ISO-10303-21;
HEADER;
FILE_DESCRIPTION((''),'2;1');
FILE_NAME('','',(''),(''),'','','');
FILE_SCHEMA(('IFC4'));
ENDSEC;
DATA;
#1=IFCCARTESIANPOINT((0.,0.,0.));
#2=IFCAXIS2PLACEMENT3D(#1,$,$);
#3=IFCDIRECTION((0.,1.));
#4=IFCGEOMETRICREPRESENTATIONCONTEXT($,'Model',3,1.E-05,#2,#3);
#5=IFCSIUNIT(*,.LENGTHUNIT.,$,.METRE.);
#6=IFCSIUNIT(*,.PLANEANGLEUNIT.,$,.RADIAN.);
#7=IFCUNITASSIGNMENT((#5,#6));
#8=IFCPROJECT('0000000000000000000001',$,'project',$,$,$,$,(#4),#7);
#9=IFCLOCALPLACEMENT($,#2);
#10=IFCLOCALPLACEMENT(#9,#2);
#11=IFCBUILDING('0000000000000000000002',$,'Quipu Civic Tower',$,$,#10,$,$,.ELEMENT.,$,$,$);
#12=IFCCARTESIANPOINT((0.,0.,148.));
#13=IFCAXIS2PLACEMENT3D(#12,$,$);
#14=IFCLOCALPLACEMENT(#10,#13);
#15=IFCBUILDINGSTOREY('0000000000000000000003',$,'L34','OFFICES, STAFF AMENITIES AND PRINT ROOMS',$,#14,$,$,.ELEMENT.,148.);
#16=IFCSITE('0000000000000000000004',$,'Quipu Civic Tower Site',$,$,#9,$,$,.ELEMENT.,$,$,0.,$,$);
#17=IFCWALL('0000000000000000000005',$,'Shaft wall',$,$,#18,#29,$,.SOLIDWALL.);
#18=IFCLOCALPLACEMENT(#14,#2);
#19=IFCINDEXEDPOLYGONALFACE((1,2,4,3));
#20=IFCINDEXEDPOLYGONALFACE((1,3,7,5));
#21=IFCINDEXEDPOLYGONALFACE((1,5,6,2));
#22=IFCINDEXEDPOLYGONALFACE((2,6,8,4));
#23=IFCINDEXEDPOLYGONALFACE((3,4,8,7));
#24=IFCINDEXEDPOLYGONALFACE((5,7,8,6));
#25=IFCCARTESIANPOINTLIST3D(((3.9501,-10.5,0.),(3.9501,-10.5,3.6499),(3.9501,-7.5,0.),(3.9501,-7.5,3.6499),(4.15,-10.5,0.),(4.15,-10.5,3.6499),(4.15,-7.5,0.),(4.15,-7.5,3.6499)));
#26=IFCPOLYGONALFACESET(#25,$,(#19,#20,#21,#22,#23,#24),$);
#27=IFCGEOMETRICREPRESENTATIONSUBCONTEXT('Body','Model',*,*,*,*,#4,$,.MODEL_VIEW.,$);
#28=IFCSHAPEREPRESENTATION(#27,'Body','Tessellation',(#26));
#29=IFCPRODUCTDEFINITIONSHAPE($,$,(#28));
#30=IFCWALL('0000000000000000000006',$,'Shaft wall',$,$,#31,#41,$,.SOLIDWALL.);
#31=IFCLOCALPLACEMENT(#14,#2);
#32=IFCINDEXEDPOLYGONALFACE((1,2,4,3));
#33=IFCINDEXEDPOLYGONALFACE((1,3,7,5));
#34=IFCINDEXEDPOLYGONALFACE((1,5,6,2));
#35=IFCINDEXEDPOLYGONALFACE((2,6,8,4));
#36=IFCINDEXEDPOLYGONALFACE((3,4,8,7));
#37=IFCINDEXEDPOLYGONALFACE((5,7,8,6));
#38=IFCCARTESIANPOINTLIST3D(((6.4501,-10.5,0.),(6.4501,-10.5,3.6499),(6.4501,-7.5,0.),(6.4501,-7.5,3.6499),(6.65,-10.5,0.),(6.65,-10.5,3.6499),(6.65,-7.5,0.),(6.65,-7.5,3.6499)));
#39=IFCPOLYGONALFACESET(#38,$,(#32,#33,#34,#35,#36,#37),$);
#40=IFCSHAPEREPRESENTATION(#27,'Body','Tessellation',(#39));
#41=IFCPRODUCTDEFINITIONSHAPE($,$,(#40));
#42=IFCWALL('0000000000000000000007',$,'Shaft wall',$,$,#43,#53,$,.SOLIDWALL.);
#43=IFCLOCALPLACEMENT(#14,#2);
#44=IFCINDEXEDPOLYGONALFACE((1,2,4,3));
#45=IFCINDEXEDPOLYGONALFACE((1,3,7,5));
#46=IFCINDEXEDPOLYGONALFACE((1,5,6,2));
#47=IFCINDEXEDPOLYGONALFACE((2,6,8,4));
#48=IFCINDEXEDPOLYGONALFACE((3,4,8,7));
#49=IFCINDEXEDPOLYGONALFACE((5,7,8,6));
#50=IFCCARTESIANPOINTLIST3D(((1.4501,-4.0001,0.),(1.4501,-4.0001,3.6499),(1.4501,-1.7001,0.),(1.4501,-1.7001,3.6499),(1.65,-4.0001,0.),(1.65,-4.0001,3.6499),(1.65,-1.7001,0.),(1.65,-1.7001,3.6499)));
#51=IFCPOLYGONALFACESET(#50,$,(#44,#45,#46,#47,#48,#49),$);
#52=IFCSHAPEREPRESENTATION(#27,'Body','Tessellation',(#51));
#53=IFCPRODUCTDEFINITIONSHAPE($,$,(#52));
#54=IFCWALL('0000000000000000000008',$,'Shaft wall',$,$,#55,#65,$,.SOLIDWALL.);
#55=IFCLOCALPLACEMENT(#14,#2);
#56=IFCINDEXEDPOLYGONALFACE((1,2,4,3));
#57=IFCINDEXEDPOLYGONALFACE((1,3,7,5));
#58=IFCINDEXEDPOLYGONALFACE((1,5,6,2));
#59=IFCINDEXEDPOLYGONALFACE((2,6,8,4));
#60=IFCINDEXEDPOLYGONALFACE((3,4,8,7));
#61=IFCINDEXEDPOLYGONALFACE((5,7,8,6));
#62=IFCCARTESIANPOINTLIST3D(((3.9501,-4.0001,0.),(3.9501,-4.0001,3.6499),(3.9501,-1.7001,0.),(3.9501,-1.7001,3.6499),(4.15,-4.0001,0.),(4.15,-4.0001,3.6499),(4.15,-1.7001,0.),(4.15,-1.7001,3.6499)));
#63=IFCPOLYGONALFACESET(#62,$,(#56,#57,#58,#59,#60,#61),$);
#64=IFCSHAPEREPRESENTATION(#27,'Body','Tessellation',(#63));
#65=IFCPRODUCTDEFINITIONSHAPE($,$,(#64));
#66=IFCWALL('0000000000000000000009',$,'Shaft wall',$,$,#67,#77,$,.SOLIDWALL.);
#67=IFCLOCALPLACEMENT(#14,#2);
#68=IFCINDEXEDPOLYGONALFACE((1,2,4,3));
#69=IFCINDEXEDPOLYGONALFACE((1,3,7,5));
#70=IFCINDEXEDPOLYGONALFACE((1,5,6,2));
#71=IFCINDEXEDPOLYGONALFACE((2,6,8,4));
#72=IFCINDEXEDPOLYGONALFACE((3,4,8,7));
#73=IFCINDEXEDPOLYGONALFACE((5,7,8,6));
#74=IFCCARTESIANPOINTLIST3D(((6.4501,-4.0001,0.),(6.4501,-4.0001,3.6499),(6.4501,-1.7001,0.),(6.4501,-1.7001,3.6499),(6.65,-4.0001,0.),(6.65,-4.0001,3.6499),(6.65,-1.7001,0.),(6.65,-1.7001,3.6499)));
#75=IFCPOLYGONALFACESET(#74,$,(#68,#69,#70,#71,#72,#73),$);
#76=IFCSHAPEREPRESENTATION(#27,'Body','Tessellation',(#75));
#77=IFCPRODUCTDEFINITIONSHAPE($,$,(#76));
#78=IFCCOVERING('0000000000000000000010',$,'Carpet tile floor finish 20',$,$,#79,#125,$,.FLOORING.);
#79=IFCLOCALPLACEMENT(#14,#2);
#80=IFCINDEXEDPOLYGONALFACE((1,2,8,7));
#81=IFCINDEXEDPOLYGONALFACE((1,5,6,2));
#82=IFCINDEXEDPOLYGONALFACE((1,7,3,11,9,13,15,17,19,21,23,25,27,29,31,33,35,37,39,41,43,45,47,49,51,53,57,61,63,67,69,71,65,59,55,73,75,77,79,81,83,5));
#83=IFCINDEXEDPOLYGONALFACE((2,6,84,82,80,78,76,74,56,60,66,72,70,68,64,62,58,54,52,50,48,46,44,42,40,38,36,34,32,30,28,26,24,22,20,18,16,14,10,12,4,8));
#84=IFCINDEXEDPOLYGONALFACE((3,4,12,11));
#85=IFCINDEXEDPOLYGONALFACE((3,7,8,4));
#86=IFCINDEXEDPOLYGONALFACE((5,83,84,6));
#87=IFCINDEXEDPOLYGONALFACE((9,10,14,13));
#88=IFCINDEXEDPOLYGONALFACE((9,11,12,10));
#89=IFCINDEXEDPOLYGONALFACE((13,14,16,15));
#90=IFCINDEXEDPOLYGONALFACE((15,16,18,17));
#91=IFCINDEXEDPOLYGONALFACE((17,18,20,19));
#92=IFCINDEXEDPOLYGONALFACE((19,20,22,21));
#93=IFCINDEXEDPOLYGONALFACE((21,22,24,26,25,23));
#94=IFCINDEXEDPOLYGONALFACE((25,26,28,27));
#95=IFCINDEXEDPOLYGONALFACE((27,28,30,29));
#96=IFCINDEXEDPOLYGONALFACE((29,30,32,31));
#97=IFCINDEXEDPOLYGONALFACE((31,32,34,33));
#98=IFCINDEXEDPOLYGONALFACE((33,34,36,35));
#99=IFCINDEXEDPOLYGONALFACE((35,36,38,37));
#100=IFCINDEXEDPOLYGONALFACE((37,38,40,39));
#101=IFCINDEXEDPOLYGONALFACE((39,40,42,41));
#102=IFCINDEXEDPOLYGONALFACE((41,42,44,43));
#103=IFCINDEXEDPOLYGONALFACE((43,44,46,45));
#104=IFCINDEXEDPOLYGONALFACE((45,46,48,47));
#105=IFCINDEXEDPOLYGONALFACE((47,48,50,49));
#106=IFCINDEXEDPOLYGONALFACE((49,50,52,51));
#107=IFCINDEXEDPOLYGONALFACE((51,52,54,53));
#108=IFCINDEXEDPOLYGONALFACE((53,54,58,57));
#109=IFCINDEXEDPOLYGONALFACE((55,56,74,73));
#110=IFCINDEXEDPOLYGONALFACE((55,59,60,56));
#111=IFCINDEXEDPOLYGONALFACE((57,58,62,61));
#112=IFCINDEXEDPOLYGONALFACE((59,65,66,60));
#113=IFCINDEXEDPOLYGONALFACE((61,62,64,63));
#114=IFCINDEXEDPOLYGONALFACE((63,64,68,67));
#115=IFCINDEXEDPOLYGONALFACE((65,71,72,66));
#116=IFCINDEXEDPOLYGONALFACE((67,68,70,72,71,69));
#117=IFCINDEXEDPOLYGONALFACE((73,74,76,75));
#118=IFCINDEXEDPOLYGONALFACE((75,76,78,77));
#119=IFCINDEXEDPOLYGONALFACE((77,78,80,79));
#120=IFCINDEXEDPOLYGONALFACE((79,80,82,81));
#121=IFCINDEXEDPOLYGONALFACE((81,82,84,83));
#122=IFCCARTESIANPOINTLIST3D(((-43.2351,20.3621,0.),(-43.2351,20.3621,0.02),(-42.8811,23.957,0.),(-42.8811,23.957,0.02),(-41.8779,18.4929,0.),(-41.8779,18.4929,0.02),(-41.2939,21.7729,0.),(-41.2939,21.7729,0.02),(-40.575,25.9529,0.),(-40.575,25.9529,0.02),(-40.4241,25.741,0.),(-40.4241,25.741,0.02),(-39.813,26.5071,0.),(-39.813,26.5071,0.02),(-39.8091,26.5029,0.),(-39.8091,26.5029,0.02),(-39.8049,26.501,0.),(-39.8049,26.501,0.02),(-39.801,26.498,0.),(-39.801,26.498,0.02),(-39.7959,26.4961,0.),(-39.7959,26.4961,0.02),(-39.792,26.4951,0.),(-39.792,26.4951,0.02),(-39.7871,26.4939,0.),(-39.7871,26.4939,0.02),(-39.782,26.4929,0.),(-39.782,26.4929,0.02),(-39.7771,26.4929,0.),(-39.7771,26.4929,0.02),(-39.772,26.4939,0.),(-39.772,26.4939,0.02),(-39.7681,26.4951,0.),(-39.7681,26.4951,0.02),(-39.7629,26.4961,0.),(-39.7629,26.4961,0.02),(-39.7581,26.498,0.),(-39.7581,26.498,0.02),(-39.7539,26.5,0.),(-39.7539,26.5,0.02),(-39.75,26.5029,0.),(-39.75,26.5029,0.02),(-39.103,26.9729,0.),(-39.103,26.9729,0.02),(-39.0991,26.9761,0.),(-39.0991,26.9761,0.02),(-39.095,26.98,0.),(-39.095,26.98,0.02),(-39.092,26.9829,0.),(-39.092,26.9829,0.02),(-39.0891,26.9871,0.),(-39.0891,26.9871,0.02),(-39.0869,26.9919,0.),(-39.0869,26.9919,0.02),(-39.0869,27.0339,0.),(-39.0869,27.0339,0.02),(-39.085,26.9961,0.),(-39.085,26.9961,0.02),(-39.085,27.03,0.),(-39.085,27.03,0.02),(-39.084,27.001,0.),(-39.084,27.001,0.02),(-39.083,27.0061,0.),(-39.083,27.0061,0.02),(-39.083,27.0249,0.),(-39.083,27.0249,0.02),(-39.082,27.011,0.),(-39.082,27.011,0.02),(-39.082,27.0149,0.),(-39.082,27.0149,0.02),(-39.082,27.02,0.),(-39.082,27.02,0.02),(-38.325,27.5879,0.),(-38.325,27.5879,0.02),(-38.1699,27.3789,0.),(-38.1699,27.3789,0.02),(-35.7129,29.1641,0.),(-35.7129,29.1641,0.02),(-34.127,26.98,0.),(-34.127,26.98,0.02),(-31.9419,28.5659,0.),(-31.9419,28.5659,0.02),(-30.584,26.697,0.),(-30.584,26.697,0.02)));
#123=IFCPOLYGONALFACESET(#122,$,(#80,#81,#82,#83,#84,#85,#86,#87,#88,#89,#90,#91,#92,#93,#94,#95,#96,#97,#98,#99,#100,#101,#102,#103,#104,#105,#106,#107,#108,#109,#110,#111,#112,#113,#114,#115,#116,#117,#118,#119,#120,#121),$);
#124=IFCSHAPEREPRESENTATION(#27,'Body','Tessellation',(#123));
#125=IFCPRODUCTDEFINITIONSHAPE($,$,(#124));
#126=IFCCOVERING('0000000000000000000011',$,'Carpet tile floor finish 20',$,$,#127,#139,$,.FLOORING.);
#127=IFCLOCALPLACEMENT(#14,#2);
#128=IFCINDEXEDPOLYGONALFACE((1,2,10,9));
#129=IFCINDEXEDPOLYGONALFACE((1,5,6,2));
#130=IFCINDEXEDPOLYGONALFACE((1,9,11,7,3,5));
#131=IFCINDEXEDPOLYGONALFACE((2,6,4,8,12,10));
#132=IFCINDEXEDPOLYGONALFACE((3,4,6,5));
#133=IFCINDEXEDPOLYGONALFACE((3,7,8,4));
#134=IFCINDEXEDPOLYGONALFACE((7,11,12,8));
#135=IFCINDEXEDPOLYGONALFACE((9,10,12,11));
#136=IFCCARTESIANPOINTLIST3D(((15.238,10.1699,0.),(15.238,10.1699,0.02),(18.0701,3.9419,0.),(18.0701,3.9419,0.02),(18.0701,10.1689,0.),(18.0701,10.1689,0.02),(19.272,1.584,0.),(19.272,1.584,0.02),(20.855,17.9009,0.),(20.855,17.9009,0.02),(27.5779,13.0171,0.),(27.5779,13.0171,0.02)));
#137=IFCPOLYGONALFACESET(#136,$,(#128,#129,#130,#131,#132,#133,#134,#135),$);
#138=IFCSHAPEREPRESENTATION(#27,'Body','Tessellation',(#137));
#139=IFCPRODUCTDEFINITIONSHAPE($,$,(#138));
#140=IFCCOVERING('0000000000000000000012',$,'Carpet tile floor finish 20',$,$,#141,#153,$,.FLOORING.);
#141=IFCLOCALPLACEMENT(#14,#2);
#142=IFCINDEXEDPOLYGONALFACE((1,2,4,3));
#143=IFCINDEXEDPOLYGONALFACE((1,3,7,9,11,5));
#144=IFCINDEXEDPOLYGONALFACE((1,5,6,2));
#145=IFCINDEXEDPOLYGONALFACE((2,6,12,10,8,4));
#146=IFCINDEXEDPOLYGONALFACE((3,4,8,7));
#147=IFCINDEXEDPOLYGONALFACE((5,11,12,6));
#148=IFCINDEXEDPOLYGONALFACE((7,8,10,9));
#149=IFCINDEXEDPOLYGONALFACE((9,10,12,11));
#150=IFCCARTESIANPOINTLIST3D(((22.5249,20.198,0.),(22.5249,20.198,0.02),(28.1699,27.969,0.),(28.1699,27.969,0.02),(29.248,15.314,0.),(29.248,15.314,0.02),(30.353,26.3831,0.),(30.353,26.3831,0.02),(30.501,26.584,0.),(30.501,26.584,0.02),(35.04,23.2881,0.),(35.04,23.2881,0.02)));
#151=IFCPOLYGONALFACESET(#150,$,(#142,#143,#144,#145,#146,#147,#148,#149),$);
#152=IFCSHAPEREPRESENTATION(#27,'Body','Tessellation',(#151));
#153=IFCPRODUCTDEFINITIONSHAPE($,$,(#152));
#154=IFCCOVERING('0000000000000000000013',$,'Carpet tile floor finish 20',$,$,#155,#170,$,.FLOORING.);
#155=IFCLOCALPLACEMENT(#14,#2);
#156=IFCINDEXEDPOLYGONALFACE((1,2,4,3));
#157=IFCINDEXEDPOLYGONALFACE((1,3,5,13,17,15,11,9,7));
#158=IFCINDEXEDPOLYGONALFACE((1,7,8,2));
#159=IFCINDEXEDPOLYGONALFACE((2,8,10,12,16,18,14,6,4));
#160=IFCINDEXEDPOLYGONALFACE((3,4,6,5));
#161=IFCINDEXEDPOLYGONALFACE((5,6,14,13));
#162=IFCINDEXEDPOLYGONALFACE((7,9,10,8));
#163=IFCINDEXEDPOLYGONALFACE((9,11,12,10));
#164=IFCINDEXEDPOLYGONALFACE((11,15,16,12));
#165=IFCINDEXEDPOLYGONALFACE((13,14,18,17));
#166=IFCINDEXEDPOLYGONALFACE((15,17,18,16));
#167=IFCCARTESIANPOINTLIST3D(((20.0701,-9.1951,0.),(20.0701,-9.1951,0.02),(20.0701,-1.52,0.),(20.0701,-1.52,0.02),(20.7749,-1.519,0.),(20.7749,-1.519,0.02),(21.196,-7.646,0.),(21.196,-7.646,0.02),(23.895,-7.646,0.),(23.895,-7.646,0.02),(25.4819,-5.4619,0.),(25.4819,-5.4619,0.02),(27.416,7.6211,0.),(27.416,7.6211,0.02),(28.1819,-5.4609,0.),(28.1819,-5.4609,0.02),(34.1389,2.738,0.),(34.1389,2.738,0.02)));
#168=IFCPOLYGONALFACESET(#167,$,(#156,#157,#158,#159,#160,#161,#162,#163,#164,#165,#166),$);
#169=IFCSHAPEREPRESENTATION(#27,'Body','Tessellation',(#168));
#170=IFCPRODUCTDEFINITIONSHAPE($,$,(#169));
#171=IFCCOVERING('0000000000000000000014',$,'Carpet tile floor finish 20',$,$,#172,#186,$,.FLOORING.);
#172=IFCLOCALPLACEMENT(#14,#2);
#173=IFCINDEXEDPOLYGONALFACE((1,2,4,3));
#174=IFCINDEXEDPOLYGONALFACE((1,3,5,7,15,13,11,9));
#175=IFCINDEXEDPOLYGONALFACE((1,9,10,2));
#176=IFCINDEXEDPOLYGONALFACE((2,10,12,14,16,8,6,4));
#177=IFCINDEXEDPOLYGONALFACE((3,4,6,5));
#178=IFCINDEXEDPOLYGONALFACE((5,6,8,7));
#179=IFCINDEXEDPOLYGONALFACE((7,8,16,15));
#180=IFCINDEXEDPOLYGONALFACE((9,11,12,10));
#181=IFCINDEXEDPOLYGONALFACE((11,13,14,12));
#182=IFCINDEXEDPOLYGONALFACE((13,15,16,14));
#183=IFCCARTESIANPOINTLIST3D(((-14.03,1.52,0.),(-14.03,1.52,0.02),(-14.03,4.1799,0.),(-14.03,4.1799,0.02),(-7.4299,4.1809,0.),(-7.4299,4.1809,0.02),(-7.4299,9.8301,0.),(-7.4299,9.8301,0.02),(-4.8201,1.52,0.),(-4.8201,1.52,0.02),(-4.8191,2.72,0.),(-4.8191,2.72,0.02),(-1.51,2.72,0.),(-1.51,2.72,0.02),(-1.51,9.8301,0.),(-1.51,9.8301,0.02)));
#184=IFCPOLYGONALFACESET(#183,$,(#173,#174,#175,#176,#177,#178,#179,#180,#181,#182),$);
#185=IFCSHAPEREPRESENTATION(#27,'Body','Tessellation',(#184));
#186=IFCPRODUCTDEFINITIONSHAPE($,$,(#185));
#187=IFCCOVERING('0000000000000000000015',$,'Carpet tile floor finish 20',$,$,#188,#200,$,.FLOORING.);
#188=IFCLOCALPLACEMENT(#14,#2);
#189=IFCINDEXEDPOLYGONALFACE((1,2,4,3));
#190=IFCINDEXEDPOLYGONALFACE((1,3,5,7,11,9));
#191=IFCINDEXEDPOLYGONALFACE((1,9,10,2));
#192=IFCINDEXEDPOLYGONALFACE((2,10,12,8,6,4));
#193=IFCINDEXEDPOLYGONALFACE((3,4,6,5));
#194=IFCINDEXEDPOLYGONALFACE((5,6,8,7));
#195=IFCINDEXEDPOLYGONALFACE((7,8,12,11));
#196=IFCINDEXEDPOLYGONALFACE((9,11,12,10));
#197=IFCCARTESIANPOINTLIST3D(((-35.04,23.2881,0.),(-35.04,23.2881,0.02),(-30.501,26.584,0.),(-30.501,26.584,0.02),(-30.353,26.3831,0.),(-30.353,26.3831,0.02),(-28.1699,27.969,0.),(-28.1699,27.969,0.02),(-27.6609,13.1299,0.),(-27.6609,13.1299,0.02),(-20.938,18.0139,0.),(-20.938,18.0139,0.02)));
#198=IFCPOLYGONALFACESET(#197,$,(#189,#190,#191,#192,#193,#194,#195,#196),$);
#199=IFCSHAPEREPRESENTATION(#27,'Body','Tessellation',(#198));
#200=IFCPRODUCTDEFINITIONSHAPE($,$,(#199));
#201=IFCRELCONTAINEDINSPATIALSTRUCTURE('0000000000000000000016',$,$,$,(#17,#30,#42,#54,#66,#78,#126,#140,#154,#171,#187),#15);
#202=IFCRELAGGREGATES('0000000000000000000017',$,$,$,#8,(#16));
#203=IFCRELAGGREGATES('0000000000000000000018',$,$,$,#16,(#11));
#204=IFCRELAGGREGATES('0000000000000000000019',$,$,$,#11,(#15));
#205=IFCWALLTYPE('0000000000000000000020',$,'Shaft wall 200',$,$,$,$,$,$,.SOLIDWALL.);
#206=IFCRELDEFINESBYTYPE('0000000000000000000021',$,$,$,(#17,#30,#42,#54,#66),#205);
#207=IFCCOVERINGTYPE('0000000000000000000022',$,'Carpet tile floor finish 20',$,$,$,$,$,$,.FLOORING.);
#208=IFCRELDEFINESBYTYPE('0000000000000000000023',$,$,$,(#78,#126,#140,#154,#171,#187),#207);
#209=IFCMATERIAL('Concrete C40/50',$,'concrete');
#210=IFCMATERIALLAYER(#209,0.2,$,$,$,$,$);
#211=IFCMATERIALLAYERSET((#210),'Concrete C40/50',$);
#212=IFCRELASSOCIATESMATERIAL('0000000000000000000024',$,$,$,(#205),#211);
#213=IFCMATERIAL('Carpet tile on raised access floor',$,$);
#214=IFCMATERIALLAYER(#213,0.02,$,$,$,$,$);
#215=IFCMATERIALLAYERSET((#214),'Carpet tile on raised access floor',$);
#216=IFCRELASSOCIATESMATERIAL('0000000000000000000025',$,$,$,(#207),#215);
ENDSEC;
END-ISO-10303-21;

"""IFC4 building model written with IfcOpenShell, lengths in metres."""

from ifc_helpers import new_model, si_unit, direction, frame, frame_2d, origin, place, context, subcontext, project, spatial, polyline, rectangle, outline, extrude, material, layer, layer_set, type_object, element, save


model = new_model("IFC4")

# Units and contexts
model_context = context("Model", 3, precision=1e-05, world=origin(), true_north=direction((0.0, 1.0)))
body_context = subcontext(model_context, "Body", "Model", "MODEL_VIEW")
ifc_project = project(units=[si_unit("LENGTHUNIT", "METRE"), si_unit("PLANEANGLEUNIT", "RADIAN")], contexts=[model_context])

# Site, building, storey
site_placement = place(None, origin())
site = spatial("IfcSite", under=ifc_project, at=site_placement, Name="Quipu Civic Tower Site", CompositionType="ELEMENT", RefElevation=0.0)
building_placement = place(site_placement, origin())
building = spatial("IfcBuilding", under=site, at=building_placement, Name="Quipu Civic Tower", CompositionType="ELEMENT")
storey_placement = place(building_placement, frame((0.0, 0.0, 148.0)))
storey = spatial("IfcBuildingStorey", under=building, at=storey_placement, Name="L34", Description="OFFICES, STAFF AMENITIES AND PRINT ROOMS", CompositionType="ELEMENT", Elevation=148.0)

# Walls
ifc_material_1 = material(Name="Concrete C40/50", Category="concrete")
ifc_layer_1 = layer(ifc_material_1, 0.2)
ifc_layer_set_1 = layer_set([ifc_layer_1], Name="Concrete C40/50")
wall_type_1 = type_object("IfcWallType", Name="Shaft wall 200", PredefinedType="SOLIDWALL", material=ifc_layer_set_1)
for number, where, z_axis, x_axis, name in (
    (1, (4.05, -10.5, 0.0), (0.0, 0.0, 1.0), (0.0, 1.0, 0.0), "Shaft wall"),
    (2, (6.55, -10.5, 0.0), (0.0, 0.0, 1.0), (0.0, 1.0, 0.0), "Shaft wall"),
):
    element("IfcWall", number, at=place(storey_placement, frame(where, z_axis=z_axis, x_axis=x_axis)), inside=storey, type_object=wall_type_1, Name=name, PredefinedType="SOLIDWALL", context=body_context, shape_type="SweptSolid", body=[
        extrude(rectangle(XDim=3.0, YDim=0.2, at=frame_2d((1.5, 0.0))), origin(), (0.0, 0.0, 1.0), 3.6499),
    ])
for number, where, z_axis, x_axis, name in (
    (3, (1.55, -4.0, 0.0), (0.0, 0.0, 1.0), (0.0, 1.0, 0.0), "Shaft wall"),
    (4, (4.05, -4.0, 0.0), (0.0, 0.0, 1.0), (0.0, 1.0, 0.0), "Shaft wall"),
    (5, (6.55, -4.0, 0.0), (0.0, 0.0, 1.0), (0.0, 1.0, 0.0), "Shaft wall"),
):
    element("IfcWall", number, at=place(storey_placement, frame(where, z_axis=z_axis, x_axis=x_axis)), inside=storey, type_object=wall_type_1, Name=name, PredefinedType="SOLIDWALL", context=body_context, shape_type="SweptSolid", body=[
        extrude(rectangle(XDim=2.3, YDim=0.2, at=frame_2d((1.1499, 0.0))), origin(), (0.0, 0.0, 1.0), 3.6499),
    ])

# Coverings
ifc_material_2 = material(Name="Carpet tile on raised access floor")
ifc_layer_2 = layer(ifc_material_2, 0.02)
ifc_layer_set_2 = layer_set([ifc_layer_2], Name="Carpet tile on raised access floor")
covering_type_1 = type_object("IfcCoveringType", Name="Carpet tile floor finish 20", PredefinedType="FLOORING", material=ifc_layer_set_2)
covering_1_placement = place(storey_placement, origin())
element("IfcCovering", 6, at=covering_1_placement, inside=storey, type_object=covering_type_1, Name="Carpet tile floor finish 20", PredefinedType="FLOORING", context=body_context, shape_type="SweptSolid", body=[
    extrude(outline(polyline([(-43.2351, 20.3621), (-41.2939, 21.7729), (-42.8811, 23.957), (-40.4241, 25.741), (-40.575, 25.9529), (-39.813, 26.5071), (-39.8091, 26.5029), (-39.8049, 26.501), (-39.801, 26.498), (-39.7959, 26.4961), (-39.792, 26.4951), (-39.7871, 26.4939), (-39.782, 26.4929), (-39.7771, 26.4929), (-39.772, 26.4939), (-39.7681, 26.4951), (-39.7629, 26.4961), (-39.7581, 26.498), (-39.7539, 26.5), (-39.75, 26.5029), (-39.103, 26.9729), (-39.0991, 26.9761), (-39.095, 26.98), (-39.092, 26.9829), (-39.0891, 26.9871), (-39.0869, 26.9919), (-39.085, 26.9961), (-39.084, 27.001), (-39.083, 27.0061), (-39.082, 27.011), (-39.082, 27.0149), (-39.082, 27.02), (-39.083, 27.0249), (-39.085, 27.03), (-39.0869, 27.0339), (-38.325, 27.5879), (-38.1699, 27.3789), (-35.7129, 29.1641), (-34.127, 26.98), (-31.9419, 28.5659), (-30.584, 26.697), (-41.8779, 18.4929), (-43.2351, 20.3621)])), origin(), (0.0, 0.0, 1.0), 0.02),
])
covering_2_placement = place(storey_placement, origin())
element("IfcCovering", 7, at=covering_2_placement, inside=storey, type_object=covering_type_1, Name="Carpet tile floor finish 20", PredefinedType="FLOORING", context=body_context, shape_type="SweptSolid", body=[
    extrude(outline(polyline([(15.238, 10.1699), (20.855, 17.9009), (27.5779, 13.0171), (19.272, 1.584), (18.0701, 3.9419), (18.0701, 10.1689), (15.238, 10.1699)])), origin(), (0.0, 0.0, 1.0), 0.02),
])
covering_3_placement = place(storey_placement, origin())
element("IfcCovering", 8, at=covering_3_placement, inside=storey, type_object=covering_type_1, Name="Carpet tile floor finish 20", PredefinedType="FLOORING", context=body_context, shape_type="SweptSolid", body=[
    extrude(outline(polyline([(22.5249, 20.198), (28.1699, 27.969), (30.353, 26.3831), (30.501, 26.584), (35.04, 23.2881), (29.248, 15.314), (22.5249, 20.198)])), origin(), (0.0, 0.0, 1.0), 0.02),
])
covering_4_placement = place(storey_placement, origin())
element("IfcCovering", 9, at=covering_4_placement, inside=storey, type_object=covering_type_1, Name="Carpet tile floor finish 20", PredefinedType="FLOORING", context=body_context, shape_type="SweptSolid", body=[
    extrude(outline(polyline([(20.0701, -9.1951), (20.0701, -1.52), (20.7749, -1.519), (27.416, 7.6211), (34.1389, 2.738), (28.1819, -5.4609), (25.4819, -5.4619), (23.895, -7.646), (21.196, -7.646), (20.0701, -9.1951)])), origin(), (0.0, 0.0, 1.0), 0.02),
])
covering_5_placement = place(storey_placement, origin())
element("IfcCovering", 10, at=covering_5_placement, inside=storey, type_object=covering_type_1, Name="Carpet tile floor finish 20", PredefinedType="FLOORING", context=body_context, shape_type="SweptSolid", body=[
    extrude(outline(polyline([(-14.03, 1.52), (-14.03, 4.1799), (-7.4299, 4.1809), (-7.4299, 9.8301), (-1.51, 9.8301), (-1.51, 2.72), (-4.8191, 2.72), (-4.8201, 1.52), (-14.03, 1.52)])), origin(), (0.0, 0.0, 1.0), 0.02),
])
covering_6_placement = place(storey_placement, origin())
element("IfcCovering", 11, at=covering_6_placement, inside=storey, type_object=covering_type_1, Name="Carpet tile floor finish 20", PredefinedType="FLOORING", context=body_context, shape_type="SweptSolid", body=[
    extrude(outline(polyline([(-35.04, 23.2881), (-30.501, 26.584), (-30.353, 26.3831), (-28.1699, 27.969), (-20.938, 18.0139), (-27.6609, 13.1299), (-35.04, 23.2881)])), origin(), (0.0, 0.0, 1.0), 0.02),
])

save(model, "model.ifc")
